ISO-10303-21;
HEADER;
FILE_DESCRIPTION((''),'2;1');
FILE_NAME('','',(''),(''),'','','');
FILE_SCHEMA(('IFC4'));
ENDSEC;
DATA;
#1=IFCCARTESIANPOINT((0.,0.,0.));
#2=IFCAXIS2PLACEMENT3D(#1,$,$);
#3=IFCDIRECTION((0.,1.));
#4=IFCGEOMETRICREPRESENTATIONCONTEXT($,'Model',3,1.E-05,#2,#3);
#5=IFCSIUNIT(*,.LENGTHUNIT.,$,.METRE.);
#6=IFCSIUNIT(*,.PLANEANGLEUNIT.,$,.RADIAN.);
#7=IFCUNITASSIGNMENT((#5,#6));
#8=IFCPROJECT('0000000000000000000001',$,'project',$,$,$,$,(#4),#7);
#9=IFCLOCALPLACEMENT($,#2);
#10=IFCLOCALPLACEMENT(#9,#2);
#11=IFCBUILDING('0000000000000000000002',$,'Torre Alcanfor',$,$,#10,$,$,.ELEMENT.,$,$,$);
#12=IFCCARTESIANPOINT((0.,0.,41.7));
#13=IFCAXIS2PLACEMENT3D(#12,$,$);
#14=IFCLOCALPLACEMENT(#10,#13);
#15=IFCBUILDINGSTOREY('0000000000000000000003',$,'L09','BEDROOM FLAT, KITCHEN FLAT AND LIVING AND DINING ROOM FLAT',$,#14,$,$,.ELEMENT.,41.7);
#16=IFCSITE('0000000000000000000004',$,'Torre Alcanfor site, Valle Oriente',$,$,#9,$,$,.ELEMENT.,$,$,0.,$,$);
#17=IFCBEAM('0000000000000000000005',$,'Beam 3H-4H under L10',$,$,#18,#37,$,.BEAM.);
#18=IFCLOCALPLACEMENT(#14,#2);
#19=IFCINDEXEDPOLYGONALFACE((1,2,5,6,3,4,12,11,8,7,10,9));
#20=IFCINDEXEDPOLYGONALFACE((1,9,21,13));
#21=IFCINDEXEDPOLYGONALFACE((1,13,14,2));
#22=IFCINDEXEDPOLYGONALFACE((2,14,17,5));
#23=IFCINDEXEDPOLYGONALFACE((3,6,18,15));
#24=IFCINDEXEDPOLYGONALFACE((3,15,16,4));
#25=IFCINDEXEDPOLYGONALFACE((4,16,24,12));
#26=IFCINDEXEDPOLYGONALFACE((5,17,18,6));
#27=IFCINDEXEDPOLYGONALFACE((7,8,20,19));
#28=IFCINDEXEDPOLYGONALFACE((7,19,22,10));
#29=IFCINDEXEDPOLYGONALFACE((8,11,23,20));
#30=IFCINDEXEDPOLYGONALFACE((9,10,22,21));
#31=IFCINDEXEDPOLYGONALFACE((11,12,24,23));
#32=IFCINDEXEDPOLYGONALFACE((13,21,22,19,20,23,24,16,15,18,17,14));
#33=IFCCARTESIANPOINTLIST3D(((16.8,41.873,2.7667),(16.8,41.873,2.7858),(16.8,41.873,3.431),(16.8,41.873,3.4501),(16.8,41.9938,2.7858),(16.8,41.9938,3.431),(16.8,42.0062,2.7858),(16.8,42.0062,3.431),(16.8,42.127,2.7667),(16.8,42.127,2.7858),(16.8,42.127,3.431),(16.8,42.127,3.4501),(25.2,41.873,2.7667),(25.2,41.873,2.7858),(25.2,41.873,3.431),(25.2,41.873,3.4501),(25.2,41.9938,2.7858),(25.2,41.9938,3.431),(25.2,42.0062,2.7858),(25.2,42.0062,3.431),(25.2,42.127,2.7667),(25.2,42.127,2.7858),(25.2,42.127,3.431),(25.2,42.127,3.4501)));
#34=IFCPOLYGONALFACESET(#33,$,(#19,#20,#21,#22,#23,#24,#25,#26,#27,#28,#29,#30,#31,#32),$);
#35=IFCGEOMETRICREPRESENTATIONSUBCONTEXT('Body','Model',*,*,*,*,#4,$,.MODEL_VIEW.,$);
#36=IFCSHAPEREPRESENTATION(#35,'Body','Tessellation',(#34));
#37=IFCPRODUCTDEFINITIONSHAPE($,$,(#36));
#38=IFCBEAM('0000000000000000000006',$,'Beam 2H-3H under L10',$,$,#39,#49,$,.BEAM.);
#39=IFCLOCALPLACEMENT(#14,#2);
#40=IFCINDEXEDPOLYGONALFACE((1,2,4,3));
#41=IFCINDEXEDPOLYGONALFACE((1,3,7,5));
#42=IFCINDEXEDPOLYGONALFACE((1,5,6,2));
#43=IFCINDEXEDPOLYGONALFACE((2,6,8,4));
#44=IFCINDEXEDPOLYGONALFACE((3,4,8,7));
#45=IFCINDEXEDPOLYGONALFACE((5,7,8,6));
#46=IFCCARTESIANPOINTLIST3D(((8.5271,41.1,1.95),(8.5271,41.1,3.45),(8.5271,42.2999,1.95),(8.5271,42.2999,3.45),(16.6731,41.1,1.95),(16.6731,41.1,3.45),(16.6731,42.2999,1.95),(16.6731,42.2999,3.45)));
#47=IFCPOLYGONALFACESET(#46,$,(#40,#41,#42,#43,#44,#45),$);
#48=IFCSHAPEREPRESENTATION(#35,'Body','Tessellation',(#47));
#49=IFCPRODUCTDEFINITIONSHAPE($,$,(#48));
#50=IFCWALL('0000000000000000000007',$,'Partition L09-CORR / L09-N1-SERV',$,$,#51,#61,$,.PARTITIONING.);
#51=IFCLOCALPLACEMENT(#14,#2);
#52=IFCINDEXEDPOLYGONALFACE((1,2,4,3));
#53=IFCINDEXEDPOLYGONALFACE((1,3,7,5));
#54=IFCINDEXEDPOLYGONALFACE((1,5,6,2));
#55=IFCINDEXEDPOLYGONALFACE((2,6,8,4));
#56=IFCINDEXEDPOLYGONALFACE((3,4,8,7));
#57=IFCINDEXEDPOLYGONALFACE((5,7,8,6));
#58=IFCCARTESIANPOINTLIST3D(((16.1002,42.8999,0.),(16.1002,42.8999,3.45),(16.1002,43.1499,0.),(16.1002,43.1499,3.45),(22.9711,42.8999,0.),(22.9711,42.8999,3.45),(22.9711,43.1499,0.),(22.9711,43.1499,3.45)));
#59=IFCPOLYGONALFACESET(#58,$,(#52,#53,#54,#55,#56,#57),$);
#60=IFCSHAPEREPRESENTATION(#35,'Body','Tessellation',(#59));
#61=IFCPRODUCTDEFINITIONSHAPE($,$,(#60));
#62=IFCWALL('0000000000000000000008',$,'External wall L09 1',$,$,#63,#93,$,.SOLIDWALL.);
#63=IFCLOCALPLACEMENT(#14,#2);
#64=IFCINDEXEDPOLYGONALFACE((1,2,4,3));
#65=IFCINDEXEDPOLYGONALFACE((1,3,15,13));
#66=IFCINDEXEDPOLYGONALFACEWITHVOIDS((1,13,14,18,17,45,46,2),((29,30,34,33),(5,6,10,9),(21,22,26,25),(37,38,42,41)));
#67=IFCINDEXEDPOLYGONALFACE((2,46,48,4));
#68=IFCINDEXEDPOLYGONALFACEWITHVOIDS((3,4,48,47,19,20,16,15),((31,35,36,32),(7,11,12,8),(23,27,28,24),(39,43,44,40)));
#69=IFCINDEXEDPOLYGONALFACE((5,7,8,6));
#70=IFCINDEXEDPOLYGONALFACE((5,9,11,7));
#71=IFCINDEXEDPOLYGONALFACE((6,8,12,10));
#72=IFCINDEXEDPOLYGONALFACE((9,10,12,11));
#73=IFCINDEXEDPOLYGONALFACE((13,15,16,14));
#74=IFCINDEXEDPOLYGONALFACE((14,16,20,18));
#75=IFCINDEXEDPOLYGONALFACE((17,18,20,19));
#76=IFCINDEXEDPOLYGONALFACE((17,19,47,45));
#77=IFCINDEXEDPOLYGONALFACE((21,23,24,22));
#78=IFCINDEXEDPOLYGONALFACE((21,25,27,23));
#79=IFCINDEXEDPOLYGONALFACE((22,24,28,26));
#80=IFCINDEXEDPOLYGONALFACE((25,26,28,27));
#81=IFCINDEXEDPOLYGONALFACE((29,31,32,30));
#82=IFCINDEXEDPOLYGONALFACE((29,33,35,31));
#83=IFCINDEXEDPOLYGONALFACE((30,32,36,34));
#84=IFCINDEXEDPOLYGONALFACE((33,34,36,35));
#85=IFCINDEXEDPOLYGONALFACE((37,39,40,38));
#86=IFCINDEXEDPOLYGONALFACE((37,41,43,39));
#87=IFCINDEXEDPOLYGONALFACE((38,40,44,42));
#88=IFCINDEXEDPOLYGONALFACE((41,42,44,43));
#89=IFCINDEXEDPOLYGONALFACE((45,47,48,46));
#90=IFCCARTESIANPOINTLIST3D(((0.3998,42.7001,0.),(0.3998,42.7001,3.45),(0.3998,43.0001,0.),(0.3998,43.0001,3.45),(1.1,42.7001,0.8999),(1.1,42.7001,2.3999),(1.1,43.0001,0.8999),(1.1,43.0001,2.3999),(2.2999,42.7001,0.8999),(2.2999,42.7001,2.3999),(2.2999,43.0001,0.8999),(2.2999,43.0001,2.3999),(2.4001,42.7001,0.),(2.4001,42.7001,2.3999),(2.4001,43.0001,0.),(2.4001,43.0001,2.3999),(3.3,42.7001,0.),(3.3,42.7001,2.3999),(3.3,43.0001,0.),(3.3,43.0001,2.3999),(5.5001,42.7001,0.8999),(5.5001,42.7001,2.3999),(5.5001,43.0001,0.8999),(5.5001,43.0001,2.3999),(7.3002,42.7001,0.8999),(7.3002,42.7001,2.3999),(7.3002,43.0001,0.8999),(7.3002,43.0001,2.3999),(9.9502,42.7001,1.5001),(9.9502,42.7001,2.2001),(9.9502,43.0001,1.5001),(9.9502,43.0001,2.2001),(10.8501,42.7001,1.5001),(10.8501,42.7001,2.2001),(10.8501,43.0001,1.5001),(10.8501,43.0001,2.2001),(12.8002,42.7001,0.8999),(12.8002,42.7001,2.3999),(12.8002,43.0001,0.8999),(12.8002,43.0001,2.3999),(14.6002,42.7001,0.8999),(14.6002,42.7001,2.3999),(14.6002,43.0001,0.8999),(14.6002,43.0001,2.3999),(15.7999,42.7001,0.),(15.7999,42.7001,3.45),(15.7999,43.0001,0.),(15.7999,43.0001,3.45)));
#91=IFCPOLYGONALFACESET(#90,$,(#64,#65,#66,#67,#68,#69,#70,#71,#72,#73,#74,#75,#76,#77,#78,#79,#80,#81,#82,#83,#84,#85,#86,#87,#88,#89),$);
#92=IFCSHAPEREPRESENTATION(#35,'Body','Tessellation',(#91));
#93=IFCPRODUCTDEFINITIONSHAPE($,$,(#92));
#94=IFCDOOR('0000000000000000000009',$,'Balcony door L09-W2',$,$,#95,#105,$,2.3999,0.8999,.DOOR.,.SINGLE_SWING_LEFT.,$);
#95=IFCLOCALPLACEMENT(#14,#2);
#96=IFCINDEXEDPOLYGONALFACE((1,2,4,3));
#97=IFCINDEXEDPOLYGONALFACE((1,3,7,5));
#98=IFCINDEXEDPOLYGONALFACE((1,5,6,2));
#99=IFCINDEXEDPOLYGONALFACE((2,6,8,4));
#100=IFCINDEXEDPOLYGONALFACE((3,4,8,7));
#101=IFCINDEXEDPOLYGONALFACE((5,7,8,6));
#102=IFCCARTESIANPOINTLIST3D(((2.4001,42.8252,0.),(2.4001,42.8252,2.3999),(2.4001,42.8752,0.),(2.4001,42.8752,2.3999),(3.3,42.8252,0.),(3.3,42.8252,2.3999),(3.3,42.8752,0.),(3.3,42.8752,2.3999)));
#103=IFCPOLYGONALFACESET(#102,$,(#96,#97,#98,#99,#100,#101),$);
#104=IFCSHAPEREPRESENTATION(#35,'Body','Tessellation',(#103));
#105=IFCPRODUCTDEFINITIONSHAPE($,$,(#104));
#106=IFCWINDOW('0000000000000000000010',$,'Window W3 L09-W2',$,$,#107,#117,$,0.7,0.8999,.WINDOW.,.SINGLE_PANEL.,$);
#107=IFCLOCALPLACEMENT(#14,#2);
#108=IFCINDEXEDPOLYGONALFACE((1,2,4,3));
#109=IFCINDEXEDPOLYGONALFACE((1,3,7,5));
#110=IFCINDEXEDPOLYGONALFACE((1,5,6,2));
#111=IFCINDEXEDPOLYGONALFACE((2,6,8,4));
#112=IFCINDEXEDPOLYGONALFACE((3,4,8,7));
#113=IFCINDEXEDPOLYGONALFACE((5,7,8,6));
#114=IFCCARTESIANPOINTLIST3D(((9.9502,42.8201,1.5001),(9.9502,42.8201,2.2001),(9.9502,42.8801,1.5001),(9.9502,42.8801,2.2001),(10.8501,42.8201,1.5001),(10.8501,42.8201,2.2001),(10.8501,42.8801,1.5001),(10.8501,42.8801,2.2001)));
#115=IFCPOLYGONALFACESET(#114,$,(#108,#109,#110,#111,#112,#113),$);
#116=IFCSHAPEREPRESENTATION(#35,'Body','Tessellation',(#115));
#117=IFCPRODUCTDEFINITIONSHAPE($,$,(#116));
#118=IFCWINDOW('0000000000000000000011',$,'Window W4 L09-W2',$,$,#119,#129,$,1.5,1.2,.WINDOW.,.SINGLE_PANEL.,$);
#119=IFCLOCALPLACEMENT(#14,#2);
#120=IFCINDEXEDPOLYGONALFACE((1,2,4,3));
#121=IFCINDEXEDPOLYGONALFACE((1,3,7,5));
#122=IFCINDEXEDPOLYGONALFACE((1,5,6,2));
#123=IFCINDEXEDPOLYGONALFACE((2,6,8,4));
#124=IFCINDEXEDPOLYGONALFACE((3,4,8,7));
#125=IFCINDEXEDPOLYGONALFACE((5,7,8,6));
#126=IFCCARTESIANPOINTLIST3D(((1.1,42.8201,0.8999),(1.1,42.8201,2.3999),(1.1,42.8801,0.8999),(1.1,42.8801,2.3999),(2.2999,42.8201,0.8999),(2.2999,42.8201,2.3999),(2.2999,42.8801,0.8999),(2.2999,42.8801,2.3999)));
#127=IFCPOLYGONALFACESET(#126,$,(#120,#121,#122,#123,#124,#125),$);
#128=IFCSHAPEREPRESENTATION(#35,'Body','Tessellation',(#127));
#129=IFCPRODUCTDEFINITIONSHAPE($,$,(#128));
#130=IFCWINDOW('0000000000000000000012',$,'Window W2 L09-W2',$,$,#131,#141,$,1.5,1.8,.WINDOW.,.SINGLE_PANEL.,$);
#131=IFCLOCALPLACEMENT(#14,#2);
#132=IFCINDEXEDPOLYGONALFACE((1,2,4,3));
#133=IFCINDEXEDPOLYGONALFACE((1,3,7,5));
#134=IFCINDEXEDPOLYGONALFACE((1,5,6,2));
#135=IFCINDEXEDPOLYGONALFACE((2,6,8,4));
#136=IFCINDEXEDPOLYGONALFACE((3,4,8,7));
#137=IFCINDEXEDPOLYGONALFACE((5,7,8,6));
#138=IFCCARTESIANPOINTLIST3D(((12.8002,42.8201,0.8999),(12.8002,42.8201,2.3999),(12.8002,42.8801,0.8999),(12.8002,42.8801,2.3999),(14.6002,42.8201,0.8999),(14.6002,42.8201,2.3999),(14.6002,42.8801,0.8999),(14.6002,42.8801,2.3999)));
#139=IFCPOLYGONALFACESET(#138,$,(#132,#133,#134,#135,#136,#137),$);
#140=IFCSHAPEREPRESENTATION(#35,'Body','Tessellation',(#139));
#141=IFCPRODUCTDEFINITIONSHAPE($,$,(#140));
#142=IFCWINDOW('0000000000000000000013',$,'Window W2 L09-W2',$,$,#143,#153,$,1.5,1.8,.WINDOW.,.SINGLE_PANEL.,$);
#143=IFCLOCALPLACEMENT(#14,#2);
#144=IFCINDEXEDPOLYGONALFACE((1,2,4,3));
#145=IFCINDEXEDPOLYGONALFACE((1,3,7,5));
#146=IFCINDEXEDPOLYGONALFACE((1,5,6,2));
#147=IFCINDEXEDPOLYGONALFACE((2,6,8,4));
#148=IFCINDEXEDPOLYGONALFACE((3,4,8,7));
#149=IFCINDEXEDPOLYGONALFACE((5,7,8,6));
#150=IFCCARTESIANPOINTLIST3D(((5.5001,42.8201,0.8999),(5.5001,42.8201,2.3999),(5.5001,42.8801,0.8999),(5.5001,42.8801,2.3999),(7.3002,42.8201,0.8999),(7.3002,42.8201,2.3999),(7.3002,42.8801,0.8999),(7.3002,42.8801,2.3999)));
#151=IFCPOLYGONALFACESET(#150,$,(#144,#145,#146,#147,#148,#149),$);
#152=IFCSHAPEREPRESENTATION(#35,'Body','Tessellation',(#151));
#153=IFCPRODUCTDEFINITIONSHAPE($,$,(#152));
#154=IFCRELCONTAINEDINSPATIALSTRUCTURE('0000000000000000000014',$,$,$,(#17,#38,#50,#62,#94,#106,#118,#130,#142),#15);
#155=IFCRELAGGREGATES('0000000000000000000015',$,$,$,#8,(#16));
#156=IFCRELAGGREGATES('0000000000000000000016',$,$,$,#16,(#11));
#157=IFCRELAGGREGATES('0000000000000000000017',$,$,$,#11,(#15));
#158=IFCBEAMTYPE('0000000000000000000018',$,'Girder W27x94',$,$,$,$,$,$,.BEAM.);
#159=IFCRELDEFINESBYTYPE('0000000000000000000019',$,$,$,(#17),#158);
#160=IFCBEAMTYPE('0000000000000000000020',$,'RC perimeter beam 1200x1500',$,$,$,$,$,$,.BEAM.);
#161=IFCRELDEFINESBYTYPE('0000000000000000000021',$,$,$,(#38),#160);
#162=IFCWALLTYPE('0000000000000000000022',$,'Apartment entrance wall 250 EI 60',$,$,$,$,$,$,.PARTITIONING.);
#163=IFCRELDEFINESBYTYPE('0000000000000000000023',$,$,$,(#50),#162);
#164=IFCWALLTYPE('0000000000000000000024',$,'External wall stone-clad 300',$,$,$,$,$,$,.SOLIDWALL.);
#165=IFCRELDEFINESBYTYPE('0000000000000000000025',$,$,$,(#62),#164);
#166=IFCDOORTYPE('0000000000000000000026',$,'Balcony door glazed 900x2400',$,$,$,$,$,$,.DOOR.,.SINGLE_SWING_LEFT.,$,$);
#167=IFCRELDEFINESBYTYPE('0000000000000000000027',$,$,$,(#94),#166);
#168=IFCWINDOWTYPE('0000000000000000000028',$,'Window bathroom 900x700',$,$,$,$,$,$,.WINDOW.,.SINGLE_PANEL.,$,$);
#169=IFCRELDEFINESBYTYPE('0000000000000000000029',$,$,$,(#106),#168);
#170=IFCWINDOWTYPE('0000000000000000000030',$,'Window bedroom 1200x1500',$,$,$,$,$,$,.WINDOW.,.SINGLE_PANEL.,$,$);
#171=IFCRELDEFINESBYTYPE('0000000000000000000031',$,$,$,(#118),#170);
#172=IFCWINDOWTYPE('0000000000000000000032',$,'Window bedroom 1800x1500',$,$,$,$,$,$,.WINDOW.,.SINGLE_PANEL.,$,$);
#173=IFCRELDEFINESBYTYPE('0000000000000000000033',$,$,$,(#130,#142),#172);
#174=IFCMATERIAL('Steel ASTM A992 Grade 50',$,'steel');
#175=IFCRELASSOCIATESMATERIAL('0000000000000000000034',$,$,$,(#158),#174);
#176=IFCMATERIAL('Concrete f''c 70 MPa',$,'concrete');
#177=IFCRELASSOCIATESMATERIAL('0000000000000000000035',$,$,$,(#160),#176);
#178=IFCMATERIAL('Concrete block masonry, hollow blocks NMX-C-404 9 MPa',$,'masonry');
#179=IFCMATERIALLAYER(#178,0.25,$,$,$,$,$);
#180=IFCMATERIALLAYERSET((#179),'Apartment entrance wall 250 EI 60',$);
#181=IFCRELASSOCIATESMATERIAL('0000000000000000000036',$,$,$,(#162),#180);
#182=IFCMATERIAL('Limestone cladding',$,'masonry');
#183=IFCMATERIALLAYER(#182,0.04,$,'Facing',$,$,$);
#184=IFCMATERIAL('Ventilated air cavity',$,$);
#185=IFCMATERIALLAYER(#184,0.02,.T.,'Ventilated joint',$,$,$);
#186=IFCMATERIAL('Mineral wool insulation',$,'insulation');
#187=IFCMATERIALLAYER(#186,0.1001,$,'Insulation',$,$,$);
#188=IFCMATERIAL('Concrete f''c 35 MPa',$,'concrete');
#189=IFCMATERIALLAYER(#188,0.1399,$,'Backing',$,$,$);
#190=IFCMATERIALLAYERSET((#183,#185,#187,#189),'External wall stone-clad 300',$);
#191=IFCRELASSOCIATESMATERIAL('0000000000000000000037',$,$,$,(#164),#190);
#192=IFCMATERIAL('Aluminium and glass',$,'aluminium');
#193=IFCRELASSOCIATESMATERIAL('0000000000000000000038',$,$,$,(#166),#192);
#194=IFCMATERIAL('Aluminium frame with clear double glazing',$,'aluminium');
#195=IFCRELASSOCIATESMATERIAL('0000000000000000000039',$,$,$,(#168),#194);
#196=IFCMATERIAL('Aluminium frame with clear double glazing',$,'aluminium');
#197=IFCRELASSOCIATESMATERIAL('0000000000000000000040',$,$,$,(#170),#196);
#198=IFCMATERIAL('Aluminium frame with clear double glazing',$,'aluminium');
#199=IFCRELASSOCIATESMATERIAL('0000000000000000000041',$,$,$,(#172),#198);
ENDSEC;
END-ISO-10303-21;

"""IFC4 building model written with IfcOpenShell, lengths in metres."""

from ifc_helpers import new_model, si_unit, direction, frame, frame_2d, origin, origin_2d, place, context, subcontext, project, spatial, rectangle, i_section, extrude, material, layer, layer_set, material_profile, profile_set, type_object, element, fill, save


model = new_model("IFC4")

# Units and contexts
model_context = context("Model", 3, precision=1e-05, world=origin(), true_north=direction((0.0, 1.0)))
body_context = subcontext(model_context, "Body", "Model", "MODEL_VIEW")
ifc_project = project(units=[si_unit("LENGTHUNIT", "METRE"), si_unit("PLANEANGLEUNIT", "RADIAN")], contexts=[model_context])

# Site, building, storey
site_placement = place(None, origin())
site = spatial("IfcSite", under=ifc_project, at=site_placement, Name="Torre Alcanfor site, Valle Oriente", CompositionType="ELEMENT", RefElevation=0.0)
building_placement = place(site_placement, origin())
building = spatial("IfcBuilding", under=site, at=building_placement, Name="Torre Alcanfor", CompositionType="ELEMENT")
storey_placement = place(building_placement, frame((0.0, 0.0, 41.7)))
storey = spatial("IfcBuildingStorey", under=building, at=storey_placement, Name="L09", Description="BEDROOM FLAT, KITCHEN FLAT AND LIVING AND DINING ROOM FLAT", CompositionType="ELEMENT", Elevation=41.7)

# Beams
ifc_material_1 = material(Name="Steel ASTM A992 Grade 50", Category="steel")
ifc_material_profile_1 = material_profile(ifc_material_1, i_section(OverallWidth=0.2539, OverallDepth=0.6833, WebThickness=0.0125, FlangeThickness=0.019, at=origin_2d()), Name="W27x94")
ifc_profile_set_1 = profile_set([ifc_material_profile_1], Name="Steel ASTM A992 Grade 50")
beam_type_1 = type_object("IfcBeamType", Name="Girder W27x94", PredefinedType="BEAM", material=ifc_profile_set_1)
beam_1_placement = place(storey_placement, frame((16.8, 42.0, 3.1084), z_axis=(1.0, 0.0, 0.0), x_axis=(0.0, 1.0, 0.0)))
element("IfcBeam", 1, at=beam_1_placement, inside=storey, type_object=beam_type_1, Name="Beam 3H-4H under L10", PredefinedType="BEAM", context=body_context, shape_type="SweptSolid", body=[
    extrude(i_section(OverallWidth=0.2539, OverallDepth=0.6833, WebThickness=0.0125, FlangeThickness=0.019, at=origin_2d()), origin(), (0.0, 0.0, 1.0), 8.3999),
])
ifc_material_2 = material(Name="Concrete f'c 70 MPa", Category="concrete")
ifc_material_profile_2 = material_profile(ifc_material_2, rectangle(XDim=1.2, YDim=1.5, at=origin_2d()), Name="1200x1500")
ifc_profile_set_2 = profile_set([ifc_material_profile_2], Name="Concrete f'c 70 MPa")
beam_type_2 = type_object("IfcBeamType", Name="RC perimeter beam 1200x1500", PredefinedType="BEAM", material=ifc_profile_set_2)
beam_2_placement = place(storey_placement, frame((8.5271, 41.7, 2.7), z_axis=(1.0, 0.0, 0.0), x_axis=(0.0, 1.0, 0.0)))
element("IfcBeam", 2, at=beam_2_placement, inside=storey, type_object=beam_type_2, Name="Beam 2H-3H under L10", PredefinedType="BEAM", context=body_context, shape_type="SweptSolid", body=[
    extrude(rectangle(XDim=1.2, YDim=1.5, at=origin_2d()), origin(), (0.0, 0.0, 1.0), 8.146),
])

# Wall
ifc_material_3 = material(Name="Concrete block masonry, hollow blocks NMX-C-404 9 MPa", Category="masonry")
ifc_layer_1 = layer(ifc_material_3, 0.25)
ifc_layer_set_1 = layer_set([ifc_layer_1], Name="Apartment entrance wall 250 EI 60")
wall_type_1 = type_object("IfcWallType", Name="Apartment entrance wall 250 EI 60", PredefinedType="PARTITIONING", material=ifc_layer_set_1)
wall_1_placement = place(storey_placement, frame((16.1001, 43.0249, 0.0), z_axis=(0.0, 0.0, 1.0), x_axis=(1.0, 0.0, 0.0)))
element("IfcWall", 3, at=wall_1_placement, inside=storey, type_object=wall_type_1, Name="Partition L09-CORR / L09-N1-SERV", PredefinedType="PARTITIONING", context=body_context, shape_type="SweptSolid", body=[
    extrude(rectangle(XDim=6.8708, YDim=0.25, at=frame_2d((3.4355, 0.0))), origin(), (0.0, 0.0, 1.0), 3.45),
])

# Wall, openings, door, windows
ifc_material_4 = material(Name="Limestone cladding", Category="masonry")
ifc_layer_2 = layer(ifc_material_4, 0.04, Name="Facing")
ifc_material_5 = material(Name="Ventilated air cavity")
ifc_layer_3 = layer(ifc_material_5, 0.02, ventilated=True, Name="Ventilated joint")
ifc_material_6 = material(Name="Mineral wool insulation", Category="insulation")
ifc_layer_4 = layer(ifc_material_6, 0.1001, Name="Insulation")
ifc_material_7 = material(Name="Concrete f'c 35 MPa", Category="concrete")
ifc_layer_5 = layer(ifc_material_7, 0.1399, Name="Backing")
ifc_layer_set_2 = layer_set([ifc_layer_2, ifc_layer_3, ifc_layer_4, ifc_layer_5], Name="External wall stone-clad 300")
wall_type_2 = type_object("IfcWallType", Name="External wall stone-clad 300", PredefinedType="SOLIDWALL", material=ifc_layer_set_2)
wall_2_placement = place(storey_placement, frame((15.8, 42.8501, 0.0), z_axis=(0.0, 0.0, 1.0), x_axis=(-1.0, 0.0, 0.0)))
wall_2 = element("IfcWall", 4, at=wall_2_placement, inside=storey, type_object=wall_type_2, Name="External wall L09 1", PredefinedType="SOLIDWALL", context=body_context, shape_type="SweptSolid", body=[
    extrude(rectangle(XDim=15.4001, YDim=0.3, at=frame_2d((7.7002, 0.0))), origin(), (0.0, 0.0, 1.0), 3.45),
])
opening_1_placement = place(wall_2_placement, frame((1.2, 0.0, 0.8999)))
opening_1 = element("IfcOpeningElement", 5, at=opening_1_placement, cuts=wall_2, PredefinedType="OPENING", context=body_context, shape_type="SweptSolid", body=[
    extrude(rectangle(XDim=1.8, YDim=1.5, at=frame_2d((0.8999, 0.75))), frame((0.0, 0.1599, 0.0), z_axis=(0.0, -1.0, 0.0), x_axis=(1.0, 0.0, 0.0)), (0.0, 0.0, 1.0), 0.3201),
])
opening_2_placement = place(wall_2_placement, frame((4.95, 0.0, 1.5)))
opening_2 = element("IfcOpeningElement", 6, at=opening_2_placement, cuts=wall_2, PredefinedType="OPENING", context=body_context, shape_type="SweptSolid", body=[
    extrude(rectangle(XDim=0.8999, YDim=0.7, at=frame_2d((0.45, 0.3501))), frame((0.0, 0.1599, 0.0), z_axis=(0.0, -1.0, 0.0), x_axis=(1.0, 0.0, 0.0)), (0.0, 0.0, 1.0), 0.3201),
])
opening_3_placement = place(wall_2_placement, frame((8.5, 0.0, 0.8999)))
opening_3 = element("IfcOpeningElement", 7, at=opening_3_placement, cuts=wall_2, PredefinedType="OPENING", context=body_context, shape_type="SweptSolid", body=[
    extrude(rectangle(XDim=1.8, YDim=1.5, at=frame_2d((0.8999, 0.75))), frame((0.0, 0.1599, 0.0), z_axis=(0.0, -1.0, 0.0), x_axis=(1.0, 0.0, 0.0)), (0.0, 0.0, 1.0), 0.3201),
])
opening_4_placement = place(wall_2_placement, frame((12.5, 0.0, 0.0)))
opening_4 = element("IfcOpeningElement", 8, at=opening_4_placement, cuts=wall_2, PredefinedType="OPENING", context=body_context, shape_type="SweptSolid", body=[
    extrude(rectangle(XDim=0.8999, YDim=2.3999, at=frame_2d((0.45, 1.2))), frame((0.0, 0.1599, 0.0), z_axis=(0.0, -1.0, 0.0), x_axis=(1.0, 0.0, 0.0)), (0.0, 0.0, 1.0), 0.3201),
])
opening_5_placement = place(wall_2_placement, frame((13.5, 0.0, 0.8999)))
opening_5 = element("IfcOpeningElement", 9, at=opening_5_placement, cuts=wall_2, PredefinedType="OPENING", context=body_context, shape_type="SweptSolid", body=[
    extrude(rectangle(XDim=1.2, YDim=1.5, at=frame_2d((0.6001, 0.75))), frame((0.0, 0.1599, 0.0), z_axis=(0.0, -1.0, 0.0), x_axis=(1.0, 0.0, 0.0)), (0.0, 0.0, 1.0), 0.3201),
])
ifc_material_8 = material(Name="Aluminium and glass", Category="aluminium")
door_type = type_object("IfcDoorType", Name="Balcony door glazed 900x2400", OperationType="SINGLE_SWING_LEFT", PredefinedType="DOOR", material=ifc_material_8)
door_1_placement = place(opening_4_placement, origin())
door_1 = element("IfcDoor", 10, at=door_1_placement, inside=storey, type_object=door_type, Name="Balcony door L09-W2", OperationType="SINGLE_SWING_LEFT", OverallHeight=2.3999, OverallWidth=0.8999, PredefinedType="DOOR", context=body_context, shape_type="SweptSolid", body=[
    extrude(rectangle(XDim=0.8999, YDim=2.3999, at=frame_2d((0.45, 1.2))), frame((0.0, 0.0249, 0.0), z_axis=(0.0, -1.0, 0.0), x_axis=(1.0, 0.0, 0.0)), (0.0, 0.0, 1.0), 0.05),
])
fill(opening_4, door_1)
ifc_material_9 = material(Name="Aluminium frame with clear double glazing", Category="aluminium")
window_type_1 = type_object("IfcWindowType", Name="Window bathroom 900x700", PartitioningType="SINGLE_PANEL", PredefinedType="WINDOW", material=ifc_material_9)
window_1_placement = place(opening_2_placement, origin())
window_1 = element("IfcWindow", 11, at=window_1_placement, inside=storey, type_object=window_type_1, Name="Window W3 L09-W2", OverallHeight=0.7, OverallWidth=0.8999, PartitioningType="SINGLE_PANEL", PredefinedType="WINDOW", context=body_context, shape_type="SweptSolid", body=[
    extrude(rectangle(XDim=0.8999, YDim=0.7, at=frame_2d((0.45, 0.3501))), frame((0.0, 0.03, 0.0), z_axis=(0.0, -1.0, 0.0), x_axis=(1.0, 0.0, 0.0)), (0.0, 0.0, 1.0), 0.0601),
])
fill(opening_2, window_1)
ifc_material_10 = material(Name="Aluminium frame with clear double glazing", Category="aluminium")
window_type_2 = type_object("IfcWindowType", Name="Window bedroom 1200x1500", PartitioningType="SINGLE_PANEL", PredefinedType="WINDOW", material=ifc_material_10)
window_2_placement = place(opening_5_placement, origin())
window_2 = element("IfcWindow", 12, at=window_2_placement, inside=storey, type_object=window_type_2, Name="Window W4 L09-W2", OverallHeight=1.5, OverallWidth=1.2, PartitioningType="SINGLE_PANEL", PredefinedType="WINDOW", context=body_context, shape_type="SweptSolid", body=[
    extrude(rectangle(XDim=1.2, YDim=1.5, at=frame_2d((0.6001, 0.75))), frame((0.0, 0.03, 0.0), z_axis=(0.0, -1.0, 0.0), x_axis=(1.0, 0.0, 0.0)), (0.0, 0.0, 1.0), 0.0601),
])
fill(opening_5, window_2)
ifc_material_11 = material(Name="Aluminium frame with clear double glazing", Category="aluminium")
window_type_3 = type_object("IfcWindowType", Name="Window bedroom 1800x1500", PartitioningType="SINGLE_PANEL", PredefinedType="WINDOW", material=ifc_material_11)
window_3_placement = place(opening_1_placement, origin())
window_3 = element("IfcWindow", 13, at=window_3_placement, inside=storey, type_object=window_type_3, Name="Window W2 L09-W2", OverallHeight=1.5, OverallWidth=1.8, PartitioningType="SINGLE_PANEL", PredefinedType="WINDOW", context=body_context, shape_type="SweptSolid", body=[
    extrude(rectangle(XDim=1.8, YDim=1.5, at=frame_2d((0.8999, 0.75))), frame((0.0, 0.03, 0.0), z_axis=(0.0, -1.0, 0.0), x_axis=(1.0, 0.0, 0.0)), (0.0, 0.0, 1.0), 0.0601),
])
fill(opening_1, window_3)
window_4_placement = place(opening_3_placement, origin())
window_4 = element("IfcWindow", 14, at=window_4_placement, inside=storey, type_object=window_type_3, Name="Window W2 L09-W2", OverallHeight=1.5, OverallWidth=1.8, PartitioningType="SINGLE_PANEL", PredefinedType="WINDOW", context=body_context, shape_type="SweptSolid", body=[
    extrude(rectangle(XDim=1.8, YDim=1.5, at=frame_2d((0.8999, 0.75))), frame((0.0, 0.03, 0.0), z_axis=(0.0, -1.0, 0.0), x_axis=(1.0, 0.0, 0.0)), (0.0, 0.0, 1.0), 0.0601),
])
fill(opening_3, window_4)

save(model, "model.ifc")
